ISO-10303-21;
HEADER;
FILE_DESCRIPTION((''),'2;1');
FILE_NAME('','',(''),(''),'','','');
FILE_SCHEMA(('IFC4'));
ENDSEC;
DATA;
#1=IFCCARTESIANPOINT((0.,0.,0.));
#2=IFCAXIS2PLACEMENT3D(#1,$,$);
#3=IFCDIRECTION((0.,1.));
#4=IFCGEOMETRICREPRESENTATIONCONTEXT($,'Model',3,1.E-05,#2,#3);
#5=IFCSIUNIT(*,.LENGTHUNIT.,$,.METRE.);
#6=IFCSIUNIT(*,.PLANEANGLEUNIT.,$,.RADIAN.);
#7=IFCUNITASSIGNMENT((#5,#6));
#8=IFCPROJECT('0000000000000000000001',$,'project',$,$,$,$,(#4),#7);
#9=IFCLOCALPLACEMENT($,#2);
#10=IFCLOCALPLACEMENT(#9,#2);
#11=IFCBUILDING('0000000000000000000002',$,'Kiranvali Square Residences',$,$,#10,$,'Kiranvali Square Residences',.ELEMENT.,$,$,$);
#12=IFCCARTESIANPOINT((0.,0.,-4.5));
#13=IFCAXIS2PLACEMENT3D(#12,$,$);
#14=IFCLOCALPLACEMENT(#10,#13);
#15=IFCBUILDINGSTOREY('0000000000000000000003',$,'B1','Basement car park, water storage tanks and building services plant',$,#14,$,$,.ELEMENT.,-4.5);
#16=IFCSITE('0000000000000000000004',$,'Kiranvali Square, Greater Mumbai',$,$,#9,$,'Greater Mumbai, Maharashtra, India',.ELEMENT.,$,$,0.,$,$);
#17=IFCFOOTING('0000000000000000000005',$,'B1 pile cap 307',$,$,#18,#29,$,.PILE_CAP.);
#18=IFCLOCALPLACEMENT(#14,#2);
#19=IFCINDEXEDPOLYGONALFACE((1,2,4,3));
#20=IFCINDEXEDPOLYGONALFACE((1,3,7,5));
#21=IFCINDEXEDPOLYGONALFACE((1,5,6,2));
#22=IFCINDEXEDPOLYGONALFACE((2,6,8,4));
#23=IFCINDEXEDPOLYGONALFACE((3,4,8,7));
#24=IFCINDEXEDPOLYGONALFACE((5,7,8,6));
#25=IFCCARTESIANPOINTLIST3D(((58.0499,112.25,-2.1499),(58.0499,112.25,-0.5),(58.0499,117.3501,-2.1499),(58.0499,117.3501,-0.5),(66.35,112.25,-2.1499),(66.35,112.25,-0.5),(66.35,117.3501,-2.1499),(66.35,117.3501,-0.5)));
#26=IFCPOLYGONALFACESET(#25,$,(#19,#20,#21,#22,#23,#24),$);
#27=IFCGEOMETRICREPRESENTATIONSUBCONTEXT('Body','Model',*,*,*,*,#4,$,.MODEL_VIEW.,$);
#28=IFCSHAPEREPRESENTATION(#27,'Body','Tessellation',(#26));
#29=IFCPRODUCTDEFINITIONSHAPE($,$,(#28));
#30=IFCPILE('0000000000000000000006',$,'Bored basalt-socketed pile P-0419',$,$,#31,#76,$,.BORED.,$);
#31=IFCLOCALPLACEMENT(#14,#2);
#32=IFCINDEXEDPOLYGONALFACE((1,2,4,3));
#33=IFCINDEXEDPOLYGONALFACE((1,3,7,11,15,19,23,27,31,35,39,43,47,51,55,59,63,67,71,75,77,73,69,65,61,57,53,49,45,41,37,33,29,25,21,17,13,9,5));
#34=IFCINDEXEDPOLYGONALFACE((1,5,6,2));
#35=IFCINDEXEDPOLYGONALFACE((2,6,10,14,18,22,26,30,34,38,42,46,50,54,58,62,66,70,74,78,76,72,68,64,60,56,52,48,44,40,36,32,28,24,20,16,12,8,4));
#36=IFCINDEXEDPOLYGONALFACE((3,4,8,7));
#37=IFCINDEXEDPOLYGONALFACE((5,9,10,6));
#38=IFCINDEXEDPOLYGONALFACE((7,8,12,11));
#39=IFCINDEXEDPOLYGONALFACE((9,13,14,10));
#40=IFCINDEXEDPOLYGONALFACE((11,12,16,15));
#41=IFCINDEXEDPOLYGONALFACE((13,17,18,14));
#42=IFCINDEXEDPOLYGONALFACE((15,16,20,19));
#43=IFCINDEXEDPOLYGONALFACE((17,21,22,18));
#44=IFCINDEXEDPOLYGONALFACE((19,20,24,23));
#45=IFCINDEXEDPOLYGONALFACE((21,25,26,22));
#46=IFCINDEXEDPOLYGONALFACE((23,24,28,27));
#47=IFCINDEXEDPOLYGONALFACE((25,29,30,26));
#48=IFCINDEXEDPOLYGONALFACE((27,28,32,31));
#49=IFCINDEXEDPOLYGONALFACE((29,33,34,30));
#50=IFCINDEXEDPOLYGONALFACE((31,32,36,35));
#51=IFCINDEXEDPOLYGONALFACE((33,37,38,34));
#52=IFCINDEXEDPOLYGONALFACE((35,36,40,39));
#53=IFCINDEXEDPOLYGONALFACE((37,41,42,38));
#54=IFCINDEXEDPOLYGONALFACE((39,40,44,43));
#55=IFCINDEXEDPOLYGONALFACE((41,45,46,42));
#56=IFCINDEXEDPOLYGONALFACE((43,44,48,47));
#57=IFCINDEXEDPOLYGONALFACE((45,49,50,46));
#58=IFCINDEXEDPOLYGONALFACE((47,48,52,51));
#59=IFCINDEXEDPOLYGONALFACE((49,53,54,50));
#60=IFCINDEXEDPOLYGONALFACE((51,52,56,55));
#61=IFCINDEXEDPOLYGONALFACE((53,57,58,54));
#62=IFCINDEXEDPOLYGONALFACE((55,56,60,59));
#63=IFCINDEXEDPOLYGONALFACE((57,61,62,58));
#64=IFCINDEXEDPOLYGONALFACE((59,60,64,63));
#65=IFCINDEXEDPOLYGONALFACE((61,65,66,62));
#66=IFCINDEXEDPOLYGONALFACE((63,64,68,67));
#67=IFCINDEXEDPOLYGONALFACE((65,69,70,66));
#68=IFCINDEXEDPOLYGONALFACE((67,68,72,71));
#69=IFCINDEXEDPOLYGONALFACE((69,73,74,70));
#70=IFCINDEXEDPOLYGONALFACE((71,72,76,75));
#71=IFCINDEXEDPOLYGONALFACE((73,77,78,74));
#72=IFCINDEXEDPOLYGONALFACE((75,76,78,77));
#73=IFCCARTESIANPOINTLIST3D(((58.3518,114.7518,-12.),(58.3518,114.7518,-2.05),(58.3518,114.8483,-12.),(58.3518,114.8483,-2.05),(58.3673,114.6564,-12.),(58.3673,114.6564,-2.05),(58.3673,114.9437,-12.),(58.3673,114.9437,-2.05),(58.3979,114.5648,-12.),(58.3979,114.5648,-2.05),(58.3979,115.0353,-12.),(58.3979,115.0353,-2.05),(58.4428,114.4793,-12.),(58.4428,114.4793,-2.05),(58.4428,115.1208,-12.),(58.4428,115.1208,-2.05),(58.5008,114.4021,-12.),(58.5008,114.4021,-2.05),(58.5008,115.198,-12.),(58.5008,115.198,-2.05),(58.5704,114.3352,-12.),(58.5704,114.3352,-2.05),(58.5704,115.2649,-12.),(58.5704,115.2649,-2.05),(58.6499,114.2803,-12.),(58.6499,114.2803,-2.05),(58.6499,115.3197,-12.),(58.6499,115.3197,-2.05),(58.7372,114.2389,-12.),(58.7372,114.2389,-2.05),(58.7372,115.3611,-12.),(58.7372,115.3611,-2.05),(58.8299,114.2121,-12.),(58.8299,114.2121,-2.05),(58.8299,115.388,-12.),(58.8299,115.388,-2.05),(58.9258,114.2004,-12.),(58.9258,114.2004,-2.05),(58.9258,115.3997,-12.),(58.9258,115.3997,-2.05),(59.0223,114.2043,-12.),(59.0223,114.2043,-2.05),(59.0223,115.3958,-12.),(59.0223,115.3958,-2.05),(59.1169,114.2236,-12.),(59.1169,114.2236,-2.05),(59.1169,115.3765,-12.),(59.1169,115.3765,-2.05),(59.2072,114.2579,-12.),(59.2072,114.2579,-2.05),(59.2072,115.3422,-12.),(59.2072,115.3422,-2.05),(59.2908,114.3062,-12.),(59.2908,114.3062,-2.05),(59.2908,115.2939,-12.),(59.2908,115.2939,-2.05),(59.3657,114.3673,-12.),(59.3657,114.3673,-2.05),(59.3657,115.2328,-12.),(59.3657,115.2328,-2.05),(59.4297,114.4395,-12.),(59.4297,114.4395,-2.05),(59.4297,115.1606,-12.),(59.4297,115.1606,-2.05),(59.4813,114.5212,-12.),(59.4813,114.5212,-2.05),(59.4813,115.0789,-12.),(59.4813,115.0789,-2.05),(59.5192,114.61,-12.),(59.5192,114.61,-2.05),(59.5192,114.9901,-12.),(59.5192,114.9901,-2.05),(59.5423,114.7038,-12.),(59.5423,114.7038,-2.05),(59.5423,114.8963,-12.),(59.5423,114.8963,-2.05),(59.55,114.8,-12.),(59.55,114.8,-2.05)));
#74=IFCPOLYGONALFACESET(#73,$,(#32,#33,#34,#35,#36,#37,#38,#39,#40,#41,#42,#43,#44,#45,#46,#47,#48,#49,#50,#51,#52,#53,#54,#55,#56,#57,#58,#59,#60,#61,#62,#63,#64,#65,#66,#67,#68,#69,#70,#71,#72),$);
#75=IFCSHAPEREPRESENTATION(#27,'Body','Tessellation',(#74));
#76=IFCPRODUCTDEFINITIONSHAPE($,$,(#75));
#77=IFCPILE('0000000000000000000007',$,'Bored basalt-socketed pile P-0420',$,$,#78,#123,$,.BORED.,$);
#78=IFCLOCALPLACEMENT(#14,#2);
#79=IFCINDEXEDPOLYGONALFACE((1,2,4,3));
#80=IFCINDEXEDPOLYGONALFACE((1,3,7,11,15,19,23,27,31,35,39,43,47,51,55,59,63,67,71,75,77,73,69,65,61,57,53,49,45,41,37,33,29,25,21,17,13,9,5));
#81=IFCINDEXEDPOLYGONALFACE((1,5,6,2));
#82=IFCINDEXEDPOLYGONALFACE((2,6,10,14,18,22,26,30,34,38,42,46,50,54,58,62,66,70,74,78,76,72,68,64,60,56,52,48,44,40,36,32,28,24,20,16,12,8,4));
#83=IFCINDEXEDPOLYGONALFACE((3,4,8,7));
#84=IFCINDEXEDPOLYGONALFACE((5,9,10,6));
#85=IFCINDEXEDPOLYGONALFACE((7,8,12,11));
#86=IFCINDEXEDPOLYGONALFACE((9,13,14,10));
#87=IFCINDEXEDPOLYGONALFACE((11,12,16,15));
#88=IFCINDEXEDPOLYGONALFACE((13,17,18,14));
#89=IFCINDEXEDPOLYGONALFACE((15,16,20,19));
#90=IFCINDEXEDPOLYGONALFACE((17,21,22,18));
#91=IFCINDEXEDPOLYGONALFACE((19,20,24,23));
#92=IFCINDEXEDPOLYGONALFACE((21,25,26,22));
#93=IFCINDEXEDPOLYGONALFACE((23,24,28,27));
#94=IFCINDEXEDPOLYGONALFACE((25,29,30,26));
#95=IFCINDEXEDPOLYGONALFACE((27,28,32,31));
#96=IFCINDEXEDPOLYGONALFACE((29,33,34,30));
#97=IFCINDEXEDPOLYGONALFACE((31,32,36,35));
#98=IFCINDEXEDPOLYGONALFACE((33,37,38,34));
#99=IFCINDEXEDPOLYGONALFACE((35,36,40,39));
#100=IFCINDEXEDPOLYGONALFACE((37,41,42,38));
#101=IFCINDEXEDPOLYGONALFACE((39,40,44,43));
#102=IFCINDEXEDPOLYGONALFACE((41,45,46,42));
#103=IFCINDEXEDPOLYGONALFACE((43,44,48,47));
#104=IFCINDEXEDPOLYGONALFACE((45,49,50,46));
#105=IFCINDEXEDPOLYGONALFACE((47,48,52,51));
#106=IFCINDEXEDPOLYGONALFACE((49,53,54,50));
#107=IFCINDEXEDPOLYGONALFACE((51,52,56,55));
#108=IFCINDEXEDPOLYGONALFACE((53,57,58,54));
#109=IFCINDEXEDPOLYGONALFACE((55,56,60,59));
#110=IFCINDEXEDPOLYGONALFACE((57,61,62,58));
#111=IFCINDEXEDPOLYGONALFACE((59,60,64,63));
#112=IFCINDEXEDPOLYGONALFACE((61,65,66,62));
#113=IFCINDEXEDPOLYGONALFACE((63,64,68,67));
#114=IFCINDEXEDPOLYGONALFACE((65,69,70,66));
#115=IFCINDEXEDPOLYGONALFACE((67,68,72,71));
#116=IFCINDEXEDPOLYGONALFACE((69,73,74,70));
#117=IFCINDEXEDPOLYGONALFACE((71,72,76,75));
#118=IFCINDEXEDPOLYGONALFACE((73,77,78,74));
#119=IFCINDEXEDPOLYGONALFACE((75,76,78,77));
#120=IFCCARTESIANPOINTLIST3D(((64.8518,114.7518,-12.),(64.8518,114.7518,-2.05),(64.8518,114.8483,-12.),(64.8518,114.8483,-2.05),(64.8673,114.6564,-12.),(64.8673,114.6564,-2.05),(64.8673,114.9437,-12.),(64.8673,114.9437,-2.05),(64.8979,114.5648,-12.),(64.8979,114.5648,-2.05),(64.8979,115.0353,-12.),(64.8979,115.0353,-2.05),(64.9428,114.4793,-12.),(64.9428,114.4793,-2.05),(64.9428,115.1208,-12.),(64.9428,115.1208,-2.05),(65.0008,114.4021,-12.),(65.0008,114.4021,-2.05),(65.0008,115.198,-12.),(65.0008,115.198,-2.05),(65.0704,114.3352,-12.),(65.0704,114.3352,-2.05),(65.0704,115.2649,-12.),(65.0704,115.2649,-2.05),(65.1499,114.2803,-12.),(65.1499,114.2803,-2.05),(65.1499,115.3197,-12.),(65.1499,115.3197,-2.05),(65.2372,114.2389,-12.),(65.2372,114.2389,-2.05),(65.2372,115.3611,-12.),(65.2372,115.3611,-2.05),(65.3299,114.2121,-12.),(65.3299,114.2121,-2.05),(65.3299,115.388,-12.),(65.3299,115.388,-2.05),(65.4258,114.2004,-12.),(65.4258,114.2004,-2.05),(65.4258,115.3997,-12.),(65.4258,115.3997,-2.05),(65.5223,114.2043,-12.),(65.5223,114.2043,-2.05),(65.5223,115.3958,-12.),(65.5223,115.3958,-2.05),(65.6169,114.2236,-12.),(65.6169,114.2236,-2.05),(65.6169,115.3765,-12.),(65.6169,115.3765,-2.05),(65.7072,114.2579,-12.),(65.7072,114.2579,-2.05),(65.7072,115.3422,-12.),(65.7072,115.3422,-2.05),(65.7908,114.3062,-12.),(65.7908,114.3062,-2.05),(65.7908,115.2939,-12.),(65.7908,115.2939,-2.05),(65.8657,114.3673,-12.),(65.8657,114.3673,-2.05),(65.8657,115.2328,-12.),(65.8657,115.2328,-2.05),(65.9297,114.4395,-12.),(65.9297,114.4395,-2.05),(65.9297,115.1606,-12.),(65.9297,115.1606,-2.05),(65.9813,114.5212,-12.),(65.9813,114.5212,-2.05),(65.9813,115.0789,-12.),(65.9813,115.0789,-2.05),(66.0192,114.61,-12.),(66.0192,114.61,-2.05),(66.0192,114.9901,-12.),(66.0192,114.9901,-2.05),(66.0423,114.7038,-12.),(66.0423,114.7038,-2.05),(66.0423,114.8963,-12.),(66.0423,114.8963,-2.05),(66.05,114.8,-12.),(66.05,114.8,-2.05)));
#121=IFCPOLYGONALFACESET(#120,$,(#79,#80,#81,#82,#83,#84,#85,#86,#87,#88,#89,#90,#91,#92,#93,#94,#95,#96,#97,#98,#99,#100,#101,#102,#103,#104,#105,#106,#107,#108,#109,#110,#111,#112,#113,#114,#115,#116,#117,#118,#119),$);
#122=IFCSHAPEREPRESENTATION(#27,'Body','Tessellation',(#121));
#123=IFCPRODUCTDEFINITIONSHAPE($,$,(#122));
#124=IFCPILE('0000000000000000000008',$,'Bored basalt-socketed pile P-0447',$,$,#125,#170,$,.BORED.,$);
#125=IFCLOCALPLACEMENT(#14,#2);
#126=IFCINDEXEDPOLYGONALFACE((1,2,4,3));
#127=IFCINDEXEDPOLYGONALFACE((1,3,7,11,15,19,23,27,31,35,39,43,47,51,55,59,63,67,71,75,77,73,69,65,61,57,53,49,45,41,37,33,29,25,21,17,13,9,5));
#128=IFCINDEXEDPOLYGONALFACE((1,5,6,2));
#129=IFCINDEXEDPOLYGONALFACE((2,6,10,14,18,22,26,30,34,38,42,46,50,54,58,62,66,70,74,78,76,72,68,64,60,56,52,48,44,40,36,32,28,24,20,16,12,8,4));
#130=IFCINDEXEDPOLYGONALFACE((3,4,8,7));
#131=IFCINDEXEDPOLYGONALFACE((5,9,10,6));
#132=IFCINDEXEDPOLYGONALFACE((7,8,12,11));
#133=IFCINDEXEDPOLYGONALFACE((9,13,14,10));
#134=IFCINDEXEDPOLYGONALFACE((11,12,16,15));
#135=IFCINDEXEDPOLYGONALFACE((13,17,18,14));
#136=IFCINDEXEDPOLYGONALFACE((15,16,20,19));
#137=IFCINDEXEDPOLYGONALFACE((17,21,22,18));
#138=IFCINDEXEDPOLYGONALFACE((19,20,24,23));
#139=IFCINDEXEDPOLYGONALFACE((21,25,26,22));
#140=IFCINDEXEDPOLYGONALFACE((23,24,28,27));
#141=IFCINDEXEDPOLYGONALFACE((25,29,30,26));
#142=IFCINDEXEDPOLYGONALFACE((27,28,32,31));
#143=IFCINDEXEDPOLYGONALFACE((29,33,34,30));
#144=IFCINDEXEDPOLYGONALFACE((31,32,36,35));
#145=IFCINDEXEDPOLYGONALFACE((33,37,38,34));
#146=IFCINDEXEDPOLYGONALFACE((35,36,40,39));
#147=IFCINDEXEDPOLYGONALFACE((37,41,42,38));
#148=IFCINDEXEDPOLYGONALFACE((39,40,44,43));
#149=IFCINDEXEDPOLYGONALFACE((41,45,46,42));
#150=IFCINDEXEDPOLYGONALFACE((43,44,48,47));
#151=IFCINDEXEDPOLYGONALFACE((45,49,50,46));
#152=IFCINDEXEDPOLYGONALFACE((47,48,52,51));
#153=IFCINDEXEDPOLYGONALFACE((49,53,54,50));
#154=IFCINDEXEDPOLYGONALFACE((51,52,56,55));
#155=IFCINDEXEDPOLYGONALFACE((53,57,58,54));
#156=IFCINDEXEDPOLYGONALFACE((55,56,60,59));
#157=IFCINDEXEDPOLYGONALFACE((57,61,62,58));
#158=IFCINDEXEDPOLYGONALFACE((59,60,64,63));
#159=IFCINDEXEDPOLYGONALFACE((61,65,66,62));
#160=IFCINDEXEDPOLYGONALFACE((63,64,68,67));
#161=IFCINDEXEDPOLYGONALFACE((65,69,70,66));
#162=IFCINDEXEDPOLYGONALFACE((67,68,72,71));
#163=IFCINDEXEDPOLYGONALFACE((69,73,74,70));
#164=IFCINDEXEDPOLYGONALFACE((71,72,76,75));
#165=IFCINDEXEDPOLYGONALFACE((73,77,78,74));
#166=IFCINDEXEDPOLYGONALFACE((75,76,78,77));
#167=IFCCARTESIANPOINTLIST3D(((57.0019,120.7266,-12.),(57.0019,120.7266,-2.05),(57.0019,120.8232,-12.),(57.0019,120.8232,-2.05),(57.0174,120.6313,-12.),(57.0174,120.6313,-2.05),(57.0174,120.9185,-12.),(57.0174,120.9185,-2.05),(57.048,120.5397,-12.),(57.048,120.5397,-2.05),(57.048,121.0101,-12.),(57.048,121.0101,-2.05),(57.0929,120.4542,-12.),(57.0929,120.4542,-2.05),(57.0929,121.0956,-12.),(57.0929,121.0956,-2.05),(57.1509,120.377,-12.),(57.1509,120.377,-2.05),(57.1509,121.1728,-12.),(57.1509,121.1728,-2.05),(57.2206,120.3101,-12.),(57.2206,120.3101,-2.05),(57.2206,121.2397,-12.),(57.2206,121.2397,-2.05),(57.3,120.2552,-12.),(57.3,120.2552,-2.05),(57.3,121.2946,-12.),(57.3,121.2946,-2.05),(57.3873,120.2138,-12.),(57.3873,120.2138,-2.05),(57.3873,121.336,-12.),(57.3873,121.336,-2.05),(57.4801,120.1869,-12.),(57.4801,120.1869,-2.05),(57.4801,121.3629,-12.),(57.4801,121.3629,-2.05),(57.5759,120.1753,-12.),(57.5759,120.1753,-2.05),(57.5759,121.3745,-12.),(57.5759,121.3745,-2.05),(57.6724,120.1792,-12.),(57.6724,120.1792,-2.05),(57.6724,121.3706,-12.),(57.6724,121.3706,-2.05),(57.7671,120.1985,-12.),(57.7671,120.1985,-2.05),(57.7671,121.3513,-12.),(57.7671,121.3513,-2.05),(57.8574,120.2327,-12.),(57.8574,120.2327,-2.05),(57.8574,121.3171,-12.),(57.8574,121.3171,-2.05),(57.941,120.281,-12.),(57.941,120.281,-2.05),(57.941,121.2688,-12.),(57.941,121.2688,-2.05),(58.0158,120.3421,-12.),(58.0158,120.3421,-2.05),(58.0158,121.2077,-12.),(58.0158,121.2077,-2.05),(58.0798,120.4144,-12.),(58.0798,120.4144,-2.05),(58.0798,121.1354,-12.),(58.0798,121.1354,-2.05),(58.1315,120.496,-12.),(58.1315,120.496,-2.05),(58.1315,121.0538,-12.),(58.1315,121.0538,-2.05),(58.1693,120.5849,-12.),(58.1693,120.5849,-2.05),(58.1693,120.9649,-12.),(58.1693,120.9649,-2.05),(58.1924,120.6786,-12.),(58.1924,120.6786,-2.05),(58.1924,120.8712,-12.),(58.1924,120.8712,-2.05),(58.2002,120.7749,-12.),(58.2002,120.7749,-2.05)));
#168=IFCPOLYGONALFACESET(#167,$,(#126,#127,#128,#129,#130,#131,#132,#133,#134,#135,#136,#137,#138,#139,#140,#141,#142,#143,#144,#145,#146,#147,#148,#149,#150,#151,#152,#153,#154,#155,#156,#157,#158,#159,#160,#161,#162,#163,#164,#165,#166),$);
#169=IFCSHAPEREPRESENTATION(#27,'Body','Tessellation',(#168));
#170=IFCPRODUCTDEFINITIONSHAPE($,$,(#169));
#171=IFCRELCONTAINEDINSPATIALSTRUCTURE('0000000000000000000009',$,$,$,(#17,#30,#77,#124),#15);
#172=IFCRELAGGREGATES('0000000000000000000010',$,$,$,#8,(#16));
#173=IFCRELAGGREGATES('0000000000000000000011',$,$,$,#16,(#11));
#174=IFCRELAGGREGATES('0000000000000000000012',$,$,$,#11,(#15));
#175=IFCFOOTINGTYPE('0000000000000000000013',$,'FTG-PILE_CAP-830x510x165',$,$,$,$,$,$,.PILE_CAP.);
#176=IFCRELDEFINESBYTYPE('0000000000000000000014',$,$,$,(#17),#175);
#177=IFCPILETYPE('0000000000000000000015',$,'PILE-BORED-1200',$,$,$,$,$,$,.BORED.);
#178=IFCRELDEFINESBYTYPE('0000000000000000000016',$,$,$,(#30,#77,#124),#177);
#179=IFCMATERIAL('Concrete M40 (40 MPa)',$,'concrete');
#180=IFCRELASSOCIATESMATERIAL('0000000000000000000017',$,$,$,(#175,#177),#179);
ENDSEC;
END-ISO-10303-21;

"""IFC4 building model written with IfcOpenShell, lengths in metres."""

from ifc_helpers import new_model, si_unit, direction, frame, origin, origin_2d, place, context, subcontext, project, spatial, rectangle, circle, extrude, material, material_profile, profile_set, type_object, element, save


model = new_model("IFC4")

# Units and contexts
model_context = context("Model", 3, precision=1e-05, world=origin(), true_north=direction((0.0, 1.0)))
body_context = subcontext(model_context, "Body", "Model", "MODEL_VIEW")
ifc_project = project(units=[si_unit("LENGTHUNIT", "METRE"), si_unit("PLANEANGLEUNIT", "RADIAN")], contexts=[model_context])

# Site, building, storey
site_placement = place(None, origin())
site = spatial("IfcSite", under=ifc_project, at=site_placement, Name="Kiranvali Square, Greater Mumbai", LongName="Greater Mumbai, Maharashtra, India", CompositionType="ELEMENT", RefElevation=0.0)
building_placement = place(site_placement, origin())
building = spatial("IfcBuilding", under=site, at=building_placement, Name="Kiranvali Square Residences", LongName="Kiranvali Square Residences", CompositionType="ELEMENT")
storey_placement = place(building_placement, frame((0.0, 0.0, -4.5)))
storey = spatial("IfcBuildingStorey", under=building, at=storey_placement, Name="B1", Description="Basement car park, water storage tanks and building services plant", CompositionType="ELEMENT", Elevation=-4.5)

# Footing
ifc_material_1 = material(Name="Concrete M40 (40 MPa)", Category="concrete")
footing_type = type_object("IfcFootingType", Name="FTG-PILE_CAP-830x510x165", PredefinedType="PILE_CAP", material=ifc_material_1)
footing_placement = place(storey_placement, frame((62.2, 114.8, -2.1499), z_axis=(0.0, 0.0, 1.0), x_axis=(1.0, 0.0, 0.0)))
element("IfcFooting", 1, at=footing_placement, inside=storey, type_object=footing_type, Name="B1 pile cap 307", PredefinedType="PILE_CAP", context=body_context, shape_type="SweptSolid", body=[
    extrude(rectangle(XDim=8.3, YDim=5.1001, at=origin_2d()), origin(), (0.0, 0.0, 1.0), 1.6499),
])

# Piles
ifc_material_profile_1 = material_profile(ifc_material_1, circle(Radius=0.6001, at=origin_2d()), Name="BORED PILE 1200")
ifc_profile_set_1 = profile_set([ifc_material_profile_1], Name="Concrete M40 (40 MPa)")
pile_type = type_object("IfcPileType", Name="PILE-BORED-1200", PredefinedType="BORED", material=ifc_profile_set_1)
for number, where, z_axis, x_axis, name in (
    (2, (58.95, 114.8, -2.05), (0.0, 0.0, -1.0), (1.0, 0.0, 0.0), "Bored basalt-socketed pile P-0419"),
    (3, (65.45, 114.8, -2.05), (0.0, 0.0, -1.0), (1.0, 0.0, 0.0), "Bored basalt-socketed pile P-0420"),
    (4, (57.6001, 120.7749, -2.05), (0.0, 0.0, -1.0), (1.0, 0.0, 0.0), "Bored basalt-socketed pile P-0447"),
):
    element("IfcPile", number, at=place(storey_placement, frame(where, z_axis=z_axis, x_axis=x_axis)), inside=storey, type_object=pile_type, Name=name, PredefinedType="BORED", context=body_context, shape_type="SweptSolid", body=[
        extrude(circle(Radius=0.6001, at=origin_2d()), origin(), (0.0, 0.0, 1.0), 9.95),
    ])

save(model, "model.ifc")
